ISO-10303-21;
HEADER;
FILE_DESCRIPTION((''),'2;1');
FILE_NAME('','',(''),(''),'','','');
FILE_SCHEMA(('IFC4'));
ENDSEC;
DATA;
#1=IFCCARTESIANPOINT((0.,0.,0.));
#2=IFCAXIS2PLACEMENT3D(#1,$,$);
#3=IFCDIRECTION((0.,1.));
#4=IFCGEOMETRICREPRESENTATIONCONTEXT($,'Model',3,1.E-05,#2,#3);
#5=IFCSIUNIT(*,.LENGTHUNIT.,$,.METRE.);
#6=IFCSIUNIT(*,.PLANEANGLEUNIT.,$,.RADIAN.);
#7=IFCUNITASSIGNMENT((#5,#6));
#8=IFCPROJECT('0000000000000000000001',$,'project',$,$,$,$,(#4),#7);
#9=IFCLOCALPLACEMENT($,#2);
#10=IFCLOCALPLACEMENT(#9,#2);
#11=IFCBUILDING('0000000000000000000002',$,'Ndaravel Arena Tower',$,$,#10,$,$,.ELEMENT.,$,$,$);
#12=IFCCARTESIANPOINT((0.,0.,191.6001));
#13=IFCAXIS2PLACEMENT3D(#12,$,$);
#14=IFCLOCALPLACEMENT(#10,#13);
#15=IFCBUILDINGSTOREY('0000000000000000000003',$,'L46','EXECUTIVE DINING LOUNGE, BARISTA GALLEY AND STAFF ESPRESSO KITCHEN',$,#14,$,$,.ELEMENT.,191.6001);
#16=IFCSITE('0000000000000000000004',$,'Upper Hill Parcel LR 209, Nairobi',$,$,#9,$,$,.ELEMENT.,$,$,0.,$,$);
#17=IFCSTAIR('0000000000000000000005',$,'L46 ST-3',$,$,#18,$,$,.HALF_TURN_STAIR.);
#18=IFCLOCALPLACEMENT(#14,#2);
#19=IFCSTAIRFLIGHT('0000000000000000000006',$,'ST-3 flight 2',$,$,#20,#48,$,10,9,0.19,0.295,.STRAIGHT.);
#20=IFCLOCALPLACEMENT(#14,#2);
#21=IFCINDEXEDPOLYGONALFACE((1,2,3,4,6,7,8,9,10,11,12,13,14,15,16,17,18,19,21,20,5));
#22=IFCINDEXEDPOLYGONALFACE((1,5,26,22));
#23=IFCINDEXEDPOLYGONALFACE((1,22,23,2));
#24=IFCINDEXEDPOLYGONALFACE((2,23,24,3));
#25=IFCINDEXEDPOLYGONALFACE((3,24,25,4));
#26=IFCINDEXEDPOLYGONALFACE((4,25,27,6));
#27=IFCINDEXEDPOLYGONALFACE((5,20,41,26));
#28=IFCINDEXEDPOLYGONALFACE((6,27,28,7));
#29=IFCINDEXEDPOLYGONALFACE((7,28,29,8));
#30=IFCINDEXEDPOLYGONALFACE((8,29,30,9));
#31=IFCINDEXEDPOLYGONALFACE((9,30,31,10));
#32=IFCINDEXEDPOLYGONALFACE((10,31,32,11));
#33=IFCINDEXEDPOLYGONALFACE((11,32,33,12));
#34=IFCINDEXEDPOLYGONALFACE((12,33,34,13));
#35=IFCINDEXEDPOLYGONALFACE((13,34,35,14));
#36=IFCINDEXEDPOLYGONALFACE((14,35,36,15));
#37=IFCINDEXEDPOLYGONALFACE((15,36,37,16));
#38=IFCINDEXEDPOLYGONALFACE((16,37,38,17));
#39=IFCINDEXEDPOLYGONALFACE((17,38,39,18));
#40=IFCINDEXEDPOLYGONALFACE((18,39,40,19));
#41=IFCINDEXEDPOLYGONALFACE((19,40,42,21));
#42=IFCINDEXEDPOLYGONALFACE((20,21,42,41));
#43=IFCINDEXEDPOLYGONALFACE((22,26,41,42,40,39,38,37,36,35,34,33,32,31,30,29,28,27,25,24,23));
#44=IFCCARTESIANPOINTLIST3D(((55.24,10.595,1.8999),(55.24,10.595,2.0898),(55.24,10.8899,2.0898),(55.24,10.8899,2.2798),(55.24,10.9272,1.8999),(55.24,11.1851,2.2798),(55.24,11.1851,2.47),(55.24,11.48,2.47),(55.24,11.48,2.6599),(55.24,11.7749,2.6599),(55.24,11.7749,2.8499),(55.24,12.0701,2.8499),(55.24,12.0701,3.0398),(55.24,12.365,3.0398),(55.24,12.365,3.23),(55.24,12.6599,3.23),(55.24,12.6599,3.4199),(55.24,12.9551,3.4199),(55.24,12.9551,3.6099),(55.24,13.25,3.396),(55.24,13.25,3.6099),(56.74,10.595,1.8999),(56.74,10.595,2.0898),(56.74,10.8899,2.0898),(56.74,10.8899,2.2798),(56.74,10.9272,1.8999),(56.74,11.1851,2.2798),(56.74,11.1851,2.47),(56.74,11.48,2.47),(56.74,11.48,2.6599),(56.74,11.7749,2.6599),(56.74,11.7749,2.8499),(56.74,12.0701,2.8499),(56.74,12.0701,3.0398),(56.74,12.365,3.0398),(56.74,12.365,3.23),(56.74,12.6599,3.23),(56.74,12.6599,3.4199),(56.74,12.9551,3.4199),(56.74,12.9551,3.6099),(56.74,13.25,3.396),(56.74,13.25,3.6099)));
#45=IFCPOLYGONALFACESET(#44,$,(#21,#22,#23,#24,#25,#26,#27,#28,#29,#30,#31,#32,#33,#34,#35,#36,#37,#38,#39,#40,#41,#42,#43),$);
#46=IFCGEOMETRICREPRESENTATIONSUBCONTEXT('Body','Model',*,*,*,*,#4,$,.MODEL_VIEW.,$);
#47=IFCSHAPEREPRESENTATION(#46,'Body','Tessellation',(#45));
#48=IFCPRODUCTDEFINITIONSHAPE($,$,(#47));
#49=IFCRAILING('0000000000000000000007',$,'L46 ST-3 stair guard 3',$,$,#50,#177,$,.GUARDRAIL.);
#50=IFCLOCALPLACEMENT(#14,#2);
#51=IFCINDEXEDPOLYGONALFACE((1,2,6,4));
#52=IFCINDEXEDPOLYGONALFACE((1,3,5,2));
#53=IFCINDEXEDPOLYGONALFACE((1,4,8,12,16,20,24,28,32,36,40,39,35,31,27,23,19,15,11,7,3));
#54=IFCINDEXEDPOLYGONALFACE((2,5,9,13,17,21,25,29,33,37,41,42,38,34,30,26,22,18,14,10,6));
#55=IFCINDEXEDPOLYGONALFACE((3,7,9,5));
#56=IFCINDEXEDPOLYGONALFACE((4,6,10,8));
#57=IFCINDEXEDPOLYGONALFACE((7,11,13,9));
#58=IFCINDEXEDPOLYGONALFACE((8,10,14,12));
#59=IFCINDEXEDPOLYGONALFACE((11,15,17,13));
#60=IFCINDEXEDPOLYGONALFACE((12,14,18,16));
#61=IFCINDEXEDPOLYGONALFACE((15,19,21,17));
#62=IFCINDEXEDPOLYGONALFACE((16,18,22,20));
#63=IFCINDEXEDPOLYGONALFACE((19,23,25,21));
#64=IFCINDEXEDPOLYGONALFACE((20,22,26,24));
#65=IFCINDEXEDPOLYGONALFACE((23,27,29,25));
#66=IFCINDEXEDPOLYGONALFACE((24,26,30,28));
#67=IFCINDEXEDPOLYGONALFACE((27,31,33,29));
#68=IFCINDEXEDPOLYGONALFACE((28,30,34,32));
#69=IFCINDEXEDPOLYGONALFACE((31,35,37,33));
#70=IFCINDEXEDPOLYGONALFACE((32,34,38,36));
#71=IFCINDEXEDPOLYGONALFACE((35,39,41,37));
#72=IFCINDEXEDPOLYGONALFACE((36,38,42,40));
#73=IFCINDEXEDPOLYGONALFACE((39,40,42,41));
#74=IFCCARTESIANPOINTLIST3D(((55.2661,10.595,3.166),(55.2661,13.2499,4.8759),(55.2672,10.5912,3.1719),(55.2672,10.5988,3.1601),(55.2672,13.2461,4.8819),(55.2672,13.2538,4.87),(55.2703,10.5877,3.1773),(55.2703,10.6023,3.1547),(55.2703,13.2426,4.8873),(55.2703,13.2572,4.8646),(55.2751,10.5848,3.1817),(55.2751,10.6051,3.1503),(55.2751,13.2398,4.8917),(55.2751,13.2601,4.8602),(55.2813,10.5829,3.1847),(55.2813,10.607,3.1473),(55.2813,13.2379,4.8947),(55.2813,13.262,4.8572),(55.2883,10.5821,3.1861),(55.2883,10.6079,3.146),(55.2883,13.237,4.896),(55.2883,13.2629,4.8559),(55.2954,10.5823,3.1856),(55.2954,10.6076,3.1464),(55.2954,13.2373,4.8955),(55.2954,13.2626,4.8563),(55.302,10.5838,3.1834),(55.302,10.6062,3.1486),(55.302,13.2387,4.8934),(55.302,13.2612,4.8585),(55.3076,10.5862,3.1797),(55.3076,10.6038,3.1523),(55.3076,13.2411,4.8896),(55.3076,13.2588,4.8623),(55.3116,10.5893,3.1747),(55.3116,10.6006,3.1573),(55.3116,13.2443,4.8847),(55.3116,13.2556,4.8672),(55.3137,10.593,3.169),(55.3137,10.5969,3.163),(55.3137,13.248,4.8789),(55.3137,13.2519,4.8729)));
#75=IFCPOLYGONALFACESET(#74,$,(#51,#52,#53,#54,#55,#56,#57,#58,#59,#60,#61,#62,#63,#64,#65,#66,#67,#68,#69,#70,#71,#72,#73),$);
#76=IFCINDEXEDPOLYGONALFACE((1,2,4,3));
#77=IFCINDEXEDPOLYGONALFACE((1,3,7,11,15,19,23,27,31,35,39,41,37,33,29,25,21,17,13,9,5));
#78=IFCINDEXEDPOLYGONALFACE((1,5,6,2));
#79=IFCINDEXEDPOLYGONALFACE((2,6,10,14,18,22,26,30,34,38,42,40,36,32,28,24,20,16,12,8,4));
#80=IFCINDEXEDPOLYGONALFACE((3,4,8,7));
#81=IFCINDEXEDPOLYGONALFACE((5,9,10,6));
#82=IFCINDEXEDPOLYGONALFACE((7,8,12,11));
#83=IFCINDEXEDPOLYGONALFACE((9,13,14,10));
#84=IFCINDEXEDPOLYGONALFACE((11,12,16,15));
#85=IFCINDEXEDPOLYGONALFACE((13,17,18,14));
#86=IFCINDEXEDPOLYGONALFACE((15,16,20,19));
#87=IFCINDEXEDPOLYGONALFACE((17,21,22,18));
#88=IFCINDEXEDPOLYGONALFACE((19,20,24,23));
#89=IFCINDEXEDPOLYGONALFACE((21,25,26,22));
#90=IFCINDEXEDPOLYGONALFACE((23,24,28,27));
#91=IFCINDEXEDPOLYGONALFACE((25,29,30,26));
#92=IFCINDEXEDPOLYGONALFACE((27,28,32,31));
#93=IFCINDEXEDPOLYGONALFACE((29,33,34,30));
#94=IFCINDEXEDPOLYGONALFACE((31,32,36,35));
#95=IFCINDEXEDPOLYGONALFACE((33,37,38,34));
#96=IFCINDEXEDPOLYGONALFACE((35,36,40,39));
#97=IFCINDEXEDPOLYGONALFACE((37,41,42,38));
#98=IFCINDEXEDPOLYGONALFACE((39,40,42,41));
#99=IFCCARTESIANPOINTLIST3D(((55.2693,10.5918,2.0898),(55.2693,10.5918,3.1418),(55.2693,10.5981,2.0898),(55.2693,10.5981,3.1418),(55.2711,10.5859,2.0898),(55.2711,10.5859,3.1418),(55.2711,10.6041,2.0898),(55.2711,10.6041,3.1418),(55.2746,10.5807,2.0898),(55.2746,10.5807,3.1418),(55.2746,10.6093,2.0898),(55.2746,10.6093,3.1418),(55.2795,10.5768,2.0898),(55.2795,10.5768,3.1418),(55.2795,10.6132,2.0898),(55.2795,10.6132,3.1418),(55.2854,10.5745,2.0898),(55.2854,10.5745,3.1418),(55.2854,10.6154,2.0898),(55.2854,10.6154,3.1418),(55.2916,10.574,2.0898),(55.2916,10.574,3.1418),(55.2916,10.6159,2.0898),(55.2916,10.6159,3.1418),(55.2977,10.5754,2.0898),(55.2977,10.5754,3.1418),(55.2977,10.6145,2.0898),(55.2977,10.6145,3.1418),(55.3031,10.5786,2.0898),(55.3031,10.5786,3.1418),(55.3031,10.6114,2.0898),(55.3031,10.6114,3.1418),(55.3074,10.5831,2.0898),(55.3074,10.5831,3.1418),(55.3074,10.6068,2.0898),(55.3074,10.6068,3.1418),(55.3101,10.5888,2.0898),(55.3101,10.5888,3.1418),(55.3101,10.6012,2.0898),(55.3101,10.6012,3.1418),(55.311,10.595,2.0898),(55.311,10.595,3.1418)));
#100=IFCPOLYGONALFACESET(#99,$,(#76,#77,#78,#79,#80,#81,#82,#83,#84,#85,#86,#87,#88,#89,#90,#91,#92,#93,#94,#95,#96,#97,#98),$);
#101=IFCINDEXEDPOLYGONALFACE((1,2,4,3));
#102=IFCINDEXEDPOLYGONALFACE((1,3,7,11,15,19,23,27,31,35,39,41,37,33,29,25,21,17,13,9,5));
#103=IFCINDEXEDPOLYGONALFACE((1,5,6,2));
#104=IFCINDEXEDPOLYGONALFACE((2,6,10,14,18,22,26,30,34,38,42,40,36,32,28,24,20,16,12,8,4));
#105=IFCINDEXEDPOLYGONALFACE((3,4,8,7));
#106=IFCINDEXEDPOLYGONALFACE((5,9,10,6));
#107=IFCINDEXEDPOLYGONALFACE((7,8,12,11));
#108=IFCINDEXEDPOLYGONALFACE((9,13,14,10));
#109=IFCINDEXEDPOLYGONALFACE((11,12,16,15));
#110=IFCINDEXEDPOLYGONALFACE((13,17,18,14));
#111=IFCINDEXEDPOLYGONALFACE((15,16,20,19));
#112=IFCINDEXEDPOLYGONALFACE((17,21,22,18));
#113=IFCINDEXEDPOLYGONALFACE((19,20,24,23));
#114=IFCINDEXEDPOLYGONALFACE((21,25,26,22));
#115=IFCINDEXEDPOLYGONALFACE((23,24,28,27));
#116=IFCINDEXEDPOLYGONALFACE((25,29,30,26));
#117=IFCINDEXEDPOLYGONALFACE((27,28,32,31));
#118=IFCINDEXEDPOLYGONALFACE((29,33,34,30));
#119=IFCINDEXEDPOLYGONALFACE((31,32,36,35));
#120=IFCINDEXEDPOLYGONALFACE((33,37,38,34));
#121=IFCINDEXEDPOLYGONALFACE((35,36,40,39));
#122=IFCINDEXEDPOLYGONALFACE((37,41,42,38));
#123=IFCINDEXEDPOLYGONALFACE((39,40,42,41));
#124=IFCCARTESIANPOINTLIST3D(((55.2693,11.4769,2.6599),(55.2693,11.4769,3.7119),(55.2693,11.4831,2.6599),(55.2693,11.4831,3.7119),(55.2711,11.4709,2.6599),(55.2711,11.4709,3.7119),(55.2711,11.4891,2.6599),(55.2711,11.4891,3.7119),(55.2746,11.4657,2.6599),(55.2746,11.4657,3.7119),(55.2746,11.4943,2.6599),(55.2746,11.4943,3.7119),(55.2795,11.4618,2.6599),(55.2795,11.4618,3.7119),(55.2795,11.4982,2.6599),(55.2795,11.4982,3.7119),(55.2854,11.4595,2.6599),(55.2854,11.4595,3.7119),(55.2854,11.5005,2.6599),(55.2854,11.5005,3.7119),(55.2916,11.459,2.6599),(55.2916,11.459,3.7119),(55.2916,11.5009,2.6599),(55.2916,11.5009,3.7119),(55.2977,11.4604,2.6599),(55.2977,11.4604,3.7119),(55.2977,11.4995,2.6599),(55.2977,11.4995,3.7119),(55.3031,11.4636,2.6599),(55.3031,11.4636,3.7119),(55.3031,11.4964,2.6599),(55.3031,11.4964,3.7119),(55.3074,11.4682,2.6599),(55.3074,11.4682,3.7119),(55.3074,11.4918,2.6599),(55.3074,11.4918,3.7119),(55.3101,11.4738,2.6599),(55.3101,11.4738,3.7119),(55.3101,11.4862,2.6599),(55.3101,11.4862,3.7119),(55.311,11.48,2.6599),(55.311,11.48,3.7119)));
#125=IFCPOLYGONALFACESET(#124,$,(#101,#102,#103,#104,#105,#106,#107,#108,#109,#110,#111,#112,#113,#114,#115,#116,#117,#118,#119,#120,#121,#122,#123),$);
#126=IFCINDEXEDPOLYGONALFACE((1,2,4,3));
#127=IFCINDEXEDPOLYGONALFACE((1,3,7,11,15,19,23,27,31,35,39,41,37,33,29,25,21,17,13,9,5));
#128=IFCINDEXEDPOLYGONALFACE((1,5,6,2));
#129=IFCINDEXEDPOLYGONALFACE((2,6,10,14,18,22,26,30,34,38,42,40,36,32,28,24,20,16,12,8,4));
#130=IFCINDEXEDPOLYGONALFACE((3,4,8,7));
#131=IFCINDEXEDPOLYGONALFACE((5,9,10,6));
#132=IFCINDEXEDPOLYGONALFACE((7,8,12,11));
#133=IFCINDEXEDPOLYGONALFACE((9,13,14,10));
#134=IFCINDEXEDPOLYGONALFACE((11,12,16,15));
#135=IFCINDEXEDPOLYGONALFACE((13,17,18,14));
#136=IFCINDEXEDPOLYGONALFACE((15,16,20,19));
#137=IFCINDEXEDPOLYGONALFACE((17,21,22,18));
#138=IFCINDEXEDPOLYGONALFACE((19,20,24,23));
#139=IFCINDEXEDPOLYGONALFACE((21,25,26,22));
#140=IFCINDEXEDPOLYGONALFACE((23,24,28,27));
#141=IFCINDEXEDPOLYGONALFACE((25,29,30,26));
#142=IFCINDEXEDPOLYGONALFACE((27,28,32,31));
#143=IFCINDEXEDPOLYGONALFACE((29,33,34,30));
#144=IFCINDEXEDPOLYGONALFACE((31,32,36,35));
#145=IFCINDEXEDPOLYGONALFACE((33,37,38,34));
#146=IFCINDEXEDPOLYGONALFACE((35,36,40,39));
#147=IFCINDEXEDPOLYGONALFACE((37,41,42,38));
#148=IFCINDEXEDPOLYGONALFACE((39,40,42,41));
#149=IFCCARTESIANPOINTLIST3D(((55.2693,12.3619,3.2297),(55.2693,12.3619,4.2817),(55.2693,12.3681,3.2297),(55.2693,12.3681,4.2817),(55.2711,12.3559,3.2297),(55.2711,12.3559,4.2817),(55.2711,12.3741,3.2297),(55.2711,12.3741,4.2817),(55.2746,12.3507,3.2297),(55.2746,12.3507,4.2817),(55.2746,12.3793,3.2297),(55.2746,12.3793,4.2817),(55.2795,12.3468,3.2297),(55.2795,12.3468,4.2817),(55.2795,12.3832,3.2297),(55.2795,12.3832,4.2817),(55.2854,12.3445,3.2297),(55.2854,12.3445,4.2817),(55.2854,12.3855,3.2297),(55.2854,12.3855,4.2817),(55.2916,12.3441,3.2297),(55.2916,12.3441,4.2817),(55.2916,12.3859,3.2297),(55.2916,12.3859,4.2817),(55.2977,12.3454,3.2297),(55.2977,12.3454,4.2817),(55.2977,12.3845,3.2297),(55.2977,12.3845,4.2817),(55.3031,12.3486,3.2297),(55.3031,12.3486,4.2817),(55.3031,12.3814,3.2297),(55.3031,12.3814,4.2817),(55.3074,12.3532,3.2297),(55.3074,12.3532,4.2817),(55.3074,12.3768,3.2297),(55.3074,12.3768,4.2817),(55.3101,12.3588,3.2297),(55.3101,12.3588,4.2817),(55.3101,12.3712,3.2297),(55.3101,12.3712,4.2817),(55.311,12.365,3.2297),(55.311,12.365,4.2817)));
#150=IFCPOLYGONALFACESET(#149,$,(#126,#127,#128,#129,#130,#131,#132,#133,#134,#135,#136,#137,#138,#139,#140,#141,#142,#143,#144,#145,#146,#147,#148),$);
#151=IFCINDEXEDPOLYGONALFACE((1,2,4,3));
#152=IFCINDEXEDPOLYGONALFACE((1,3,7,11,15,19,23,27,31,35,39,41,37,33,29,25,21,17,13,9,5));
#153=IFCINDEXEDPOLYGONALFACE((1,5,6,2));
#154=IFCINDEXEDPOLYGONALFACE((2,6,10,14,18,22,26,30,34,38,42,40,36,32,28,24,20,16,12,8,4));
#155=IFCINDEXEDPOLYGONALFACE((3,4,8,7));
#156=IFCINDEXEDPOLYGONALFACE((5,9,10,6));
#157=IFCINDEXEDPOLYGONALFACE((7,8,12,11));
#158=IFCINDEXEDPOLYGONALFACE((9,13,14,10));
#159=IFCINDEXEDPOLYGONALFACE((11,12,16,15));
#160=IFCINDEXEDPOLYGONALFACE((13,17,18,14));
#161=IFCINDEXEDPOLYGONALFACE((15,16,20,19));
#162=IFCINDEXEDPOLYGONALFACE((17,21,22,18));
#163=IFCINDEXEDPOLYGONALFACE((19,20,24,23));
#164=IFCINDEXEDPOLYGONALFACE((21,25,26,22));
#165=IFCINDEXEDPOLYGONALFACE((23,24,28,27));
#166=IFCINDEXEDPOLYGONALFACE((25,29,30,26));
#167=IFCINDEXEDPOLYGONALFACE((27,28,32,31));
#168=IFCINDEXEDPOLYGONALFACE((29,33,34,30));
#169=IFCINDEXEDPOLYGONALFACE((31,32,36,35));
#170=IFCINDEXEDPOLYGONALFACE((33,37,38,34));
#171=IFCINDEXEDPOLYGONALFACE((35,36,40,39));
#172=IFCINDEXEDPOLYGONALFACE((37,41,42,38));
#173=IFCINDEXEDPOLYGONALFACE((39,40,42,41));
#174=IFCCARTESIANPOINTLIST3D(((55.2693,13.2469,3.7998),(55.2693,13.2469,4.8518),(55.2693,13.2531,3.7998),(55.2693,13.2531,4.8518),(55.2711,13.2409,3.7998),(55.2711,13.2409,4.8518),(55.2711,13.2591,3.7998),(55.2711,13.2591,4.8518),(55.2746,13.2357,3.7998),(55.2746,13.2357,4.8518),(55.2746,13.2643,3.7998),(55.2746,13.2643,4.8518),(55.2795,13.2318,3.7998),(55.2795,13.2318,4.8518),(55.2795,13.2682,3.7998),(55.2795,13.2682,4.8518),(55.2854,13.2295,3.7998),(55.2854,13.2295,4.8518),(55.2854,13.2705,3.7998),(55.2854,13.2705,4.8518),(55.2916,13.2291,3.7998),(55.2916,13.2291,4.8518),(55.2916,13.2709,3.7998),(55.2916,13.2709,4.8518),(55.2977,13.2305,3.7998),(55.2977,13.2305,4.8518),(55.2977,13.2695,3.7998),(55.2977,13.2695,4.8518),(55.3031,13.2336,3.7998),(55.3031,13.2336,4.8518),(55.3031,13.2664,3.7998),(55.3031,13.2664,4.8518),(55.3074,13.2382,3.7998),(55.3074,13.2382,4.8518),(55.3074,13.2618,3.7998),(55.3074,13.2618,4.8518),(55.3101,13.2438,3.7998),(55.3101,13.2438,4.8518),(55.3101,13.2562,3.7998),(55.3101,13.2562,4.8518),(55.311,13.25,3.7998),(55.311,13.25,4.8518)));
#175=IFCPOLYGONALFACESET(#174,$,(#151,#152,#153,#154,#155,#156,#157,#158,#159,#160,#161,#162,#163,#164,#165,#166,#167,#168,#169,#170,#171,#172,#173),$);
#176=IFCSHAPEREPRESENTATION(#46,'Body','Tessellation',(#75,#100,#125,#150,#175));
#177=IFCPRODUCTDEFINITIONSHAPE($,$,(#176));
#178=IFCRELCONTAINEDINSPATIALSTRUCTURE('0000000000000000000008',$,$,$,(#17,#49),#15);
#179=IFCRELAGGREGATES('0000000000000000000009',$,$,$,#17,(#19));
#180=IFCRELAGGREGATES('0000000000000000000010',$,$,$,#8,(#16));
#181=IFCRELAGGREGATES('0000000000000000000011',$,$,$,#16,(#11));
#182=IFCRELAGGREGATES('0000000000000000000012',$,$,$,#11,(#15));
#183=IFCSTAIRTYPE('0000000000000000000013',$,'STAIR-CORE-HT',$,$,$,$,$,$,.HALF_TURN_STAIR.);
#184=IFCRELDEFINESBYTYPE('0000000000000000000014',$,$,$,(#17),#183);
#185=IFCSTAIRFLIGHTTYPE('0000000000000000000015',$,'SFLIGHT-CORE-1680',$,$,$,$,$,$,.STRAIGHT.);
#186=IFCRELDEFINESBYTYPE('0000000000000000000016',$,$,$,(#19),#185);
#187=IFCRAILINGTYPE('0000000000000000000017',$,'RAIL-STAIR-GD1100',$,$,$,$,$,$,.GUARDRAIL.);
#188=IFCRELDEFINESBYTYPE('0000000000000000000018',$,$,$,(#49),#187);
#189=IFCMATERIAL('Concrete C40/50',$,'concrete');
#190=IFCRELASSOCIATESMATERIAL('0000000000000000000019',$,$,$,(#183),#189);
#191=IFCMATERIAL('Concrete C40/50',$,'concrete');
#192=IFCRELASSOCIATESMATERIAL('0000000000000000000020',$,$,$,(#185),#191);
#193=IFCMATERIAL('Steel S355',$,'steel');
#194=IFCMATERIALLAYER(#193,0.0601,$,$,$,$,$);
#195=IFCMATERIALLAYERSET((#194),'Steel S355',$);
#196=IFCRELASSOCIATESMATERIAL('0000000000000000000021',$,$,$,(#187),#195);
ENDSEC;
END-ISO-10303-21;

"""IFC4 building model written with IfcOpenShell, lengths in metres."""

from ifc_helpers import new_model, si_unit, direction, frame, origin, origin_2d, place, context, subcontext, project, spatial, polyline, circle, outline, extrude, material, layer, layer_set, type_object, element, aggregate, save


model = new_model("IFC4")

# Units and contexts
model_context = context("Model", 3, precision=1e-05, world=origin(), true_north=direction((0.0, 1.0)))
body_context = subcontext(model_context, "Body", "Model", "MODEL_VIEW")
ifc_project = project(units=[si_unit("LENGTHUNIT", "METRE"), si_unit("PLANEANGLEUNIT", "RADIAN")], contexts=[model_context])

# Site, building, storey
site_placement = place(None, origin())
site = spatial("IfcSite", under=ifc_project, at=site_placement, Name="Upper Hill Parcel LR 209, Nairobi", CompositionType="ELEMENT", RefElevation=0.0)
building_placement = place(site_placement, origin())
building = spatial("IfcBuilding", under=site, at=building_placement, Name="Ndaravel Arena Tower", CompositionType="ELEMENT")
storey_placement = place(building_placement, frame((0.0, 0.0, 191.6001)))
storey = spatial("IfcBuildingStorey", under=building, at=storey_placement, Name="L46", Description="EXECUTIVE DINING LOUNGE, BARISTA GALLEY AND STAFF ESPRESSO KITCHEN", CompositionType="ELEMENT", Elevation=191.6001)

# Stair, stair flight
ifc_material_1 = material(Name="Concrete C40/50", Category="concrete")
stair_type = type_object("IfcStairType", Name="STAIR-CORE-HT", PredefinedType="HALF_TURN_STAIR", material=ifc_material_1)
stair_placement = place(storey_placement, origin())
stair = element("IfcStair", 1, at=stair_placement, inside=storey, type_object=stair_type, Name="L46 ST-3", PredefinedType="HALF_TURN_STAIR")
ifc_material_2 = material(Name="Concrete C40/50", Category="concrete")
stair_flight_type = type_object("IfcStairFlightType", Name="SFLIGHT-CORE-1680", PredefinedType="STRAIGHT", material=ifc_material_2)
stair_flight_placement = place(storey_placement, frame((55.99, 10.595, 1.8999), z_axis=(0.0, 0.0, 1.0), x_axis=(0.0, 1.0, 0.0)))
stair_flight = element("IfcStairFlight", 2, at=stair_flight_placement, type_object=stair_flight_type, Name="ST-3 flight 2", NumberOfRisers=10, NumberOfTreads=9, PredefinedType="STRAIGHT", RiserHeight=0.19, TreadLength=0.295, context=body_context, shape_type="SweptSolid", body=[
    extrude(outline(polyline([(0.0, 0.0), (0.0, 0.1899), (0.2949, 0.1899), (0.2949, 0.3799), (0.5901, 0.3799), (0.5901, 0.5701), (0.885, 0.5701), (0.885, 0.76), (1.1799, 0.76), (1.1799, 0.95), (1.4751, 0.95), (1.4751, 1.1399), (1.77, 1.1399), (1.77, 1.3301), (2.0649, 1.3301), (2.0649, 1.52), (2.3601, 1.52), (2.3601, 1.71), (2.655, 1.71), (2.655, 1.8999), (2.655, 1.4961), (0.3323, 0.0), (0.0, 0.0)])), frame((0.0, 0.75, 0.0), z_axis=(0.0, -1.0, 0.0), x_axis=(1.0, 0.0, 0.0)), (0.0, 0.0, 1.0), 1.5),
])
aggregate(stair, [stair_flight])

# Railing
ifc_material_3 = material(Name="Steel S355", Category="steel")
ifc_layer_1 = layer(ifc_material_3, 0.0601)
ifc_layer_set_1 = layer_set([ifc_layer_1], Name="Steel S355")
railing_type_1 = type_object("IfcRailingType", Name="RAIL-STAIR-GD1100", PredefinedType="GUARDRAIL", material=ifc_layer_set_1)
railing_1_placement = place(storey_placement, frame((55.29, 10.595, 2.0898)))
element("IfcRailing", 3, at=railing_1_placement, inside=storey, type_object=railing_type_1, Name="L46 ST-3 stair guard 3", PredefinedType="GUARDRAIL", context=body_context, shape_type="SweptSolid", body=[
    extrude(circle(Radius=0.0239, at=origin_2d()), frame((0.0, 0.0, 1.0762), z_axis=(0.0, 0.840724, 0.541465), x_axis=(-1.0, 0.0, 0.0)), (0.0, 0.0, 1.0), 3.158),
    extrude(circle(Radius=0.021, at=origin_2d()), origin(), (0.0, 0.0, 1.0), 1.052),
    extrude(circle(Radius=0.021, at=origin_2d()), frame((0.0, 0.885, 0.5701)), (0.0, 0.0, 1.0), 1.052),
    extrude(circle(Radius=0.021, at=origin_2d()), frame((0.0, 1.77, 1.1399)), (0.0, 0.0, 1.0), 1.052),
    extrude(circle(Radius=0.021, at=origin_2d()), frame((0.0, 2.655, 1.71)), (0.0, 0.0, 1.0), 1.052),
])

save(model, "model.ifc")
